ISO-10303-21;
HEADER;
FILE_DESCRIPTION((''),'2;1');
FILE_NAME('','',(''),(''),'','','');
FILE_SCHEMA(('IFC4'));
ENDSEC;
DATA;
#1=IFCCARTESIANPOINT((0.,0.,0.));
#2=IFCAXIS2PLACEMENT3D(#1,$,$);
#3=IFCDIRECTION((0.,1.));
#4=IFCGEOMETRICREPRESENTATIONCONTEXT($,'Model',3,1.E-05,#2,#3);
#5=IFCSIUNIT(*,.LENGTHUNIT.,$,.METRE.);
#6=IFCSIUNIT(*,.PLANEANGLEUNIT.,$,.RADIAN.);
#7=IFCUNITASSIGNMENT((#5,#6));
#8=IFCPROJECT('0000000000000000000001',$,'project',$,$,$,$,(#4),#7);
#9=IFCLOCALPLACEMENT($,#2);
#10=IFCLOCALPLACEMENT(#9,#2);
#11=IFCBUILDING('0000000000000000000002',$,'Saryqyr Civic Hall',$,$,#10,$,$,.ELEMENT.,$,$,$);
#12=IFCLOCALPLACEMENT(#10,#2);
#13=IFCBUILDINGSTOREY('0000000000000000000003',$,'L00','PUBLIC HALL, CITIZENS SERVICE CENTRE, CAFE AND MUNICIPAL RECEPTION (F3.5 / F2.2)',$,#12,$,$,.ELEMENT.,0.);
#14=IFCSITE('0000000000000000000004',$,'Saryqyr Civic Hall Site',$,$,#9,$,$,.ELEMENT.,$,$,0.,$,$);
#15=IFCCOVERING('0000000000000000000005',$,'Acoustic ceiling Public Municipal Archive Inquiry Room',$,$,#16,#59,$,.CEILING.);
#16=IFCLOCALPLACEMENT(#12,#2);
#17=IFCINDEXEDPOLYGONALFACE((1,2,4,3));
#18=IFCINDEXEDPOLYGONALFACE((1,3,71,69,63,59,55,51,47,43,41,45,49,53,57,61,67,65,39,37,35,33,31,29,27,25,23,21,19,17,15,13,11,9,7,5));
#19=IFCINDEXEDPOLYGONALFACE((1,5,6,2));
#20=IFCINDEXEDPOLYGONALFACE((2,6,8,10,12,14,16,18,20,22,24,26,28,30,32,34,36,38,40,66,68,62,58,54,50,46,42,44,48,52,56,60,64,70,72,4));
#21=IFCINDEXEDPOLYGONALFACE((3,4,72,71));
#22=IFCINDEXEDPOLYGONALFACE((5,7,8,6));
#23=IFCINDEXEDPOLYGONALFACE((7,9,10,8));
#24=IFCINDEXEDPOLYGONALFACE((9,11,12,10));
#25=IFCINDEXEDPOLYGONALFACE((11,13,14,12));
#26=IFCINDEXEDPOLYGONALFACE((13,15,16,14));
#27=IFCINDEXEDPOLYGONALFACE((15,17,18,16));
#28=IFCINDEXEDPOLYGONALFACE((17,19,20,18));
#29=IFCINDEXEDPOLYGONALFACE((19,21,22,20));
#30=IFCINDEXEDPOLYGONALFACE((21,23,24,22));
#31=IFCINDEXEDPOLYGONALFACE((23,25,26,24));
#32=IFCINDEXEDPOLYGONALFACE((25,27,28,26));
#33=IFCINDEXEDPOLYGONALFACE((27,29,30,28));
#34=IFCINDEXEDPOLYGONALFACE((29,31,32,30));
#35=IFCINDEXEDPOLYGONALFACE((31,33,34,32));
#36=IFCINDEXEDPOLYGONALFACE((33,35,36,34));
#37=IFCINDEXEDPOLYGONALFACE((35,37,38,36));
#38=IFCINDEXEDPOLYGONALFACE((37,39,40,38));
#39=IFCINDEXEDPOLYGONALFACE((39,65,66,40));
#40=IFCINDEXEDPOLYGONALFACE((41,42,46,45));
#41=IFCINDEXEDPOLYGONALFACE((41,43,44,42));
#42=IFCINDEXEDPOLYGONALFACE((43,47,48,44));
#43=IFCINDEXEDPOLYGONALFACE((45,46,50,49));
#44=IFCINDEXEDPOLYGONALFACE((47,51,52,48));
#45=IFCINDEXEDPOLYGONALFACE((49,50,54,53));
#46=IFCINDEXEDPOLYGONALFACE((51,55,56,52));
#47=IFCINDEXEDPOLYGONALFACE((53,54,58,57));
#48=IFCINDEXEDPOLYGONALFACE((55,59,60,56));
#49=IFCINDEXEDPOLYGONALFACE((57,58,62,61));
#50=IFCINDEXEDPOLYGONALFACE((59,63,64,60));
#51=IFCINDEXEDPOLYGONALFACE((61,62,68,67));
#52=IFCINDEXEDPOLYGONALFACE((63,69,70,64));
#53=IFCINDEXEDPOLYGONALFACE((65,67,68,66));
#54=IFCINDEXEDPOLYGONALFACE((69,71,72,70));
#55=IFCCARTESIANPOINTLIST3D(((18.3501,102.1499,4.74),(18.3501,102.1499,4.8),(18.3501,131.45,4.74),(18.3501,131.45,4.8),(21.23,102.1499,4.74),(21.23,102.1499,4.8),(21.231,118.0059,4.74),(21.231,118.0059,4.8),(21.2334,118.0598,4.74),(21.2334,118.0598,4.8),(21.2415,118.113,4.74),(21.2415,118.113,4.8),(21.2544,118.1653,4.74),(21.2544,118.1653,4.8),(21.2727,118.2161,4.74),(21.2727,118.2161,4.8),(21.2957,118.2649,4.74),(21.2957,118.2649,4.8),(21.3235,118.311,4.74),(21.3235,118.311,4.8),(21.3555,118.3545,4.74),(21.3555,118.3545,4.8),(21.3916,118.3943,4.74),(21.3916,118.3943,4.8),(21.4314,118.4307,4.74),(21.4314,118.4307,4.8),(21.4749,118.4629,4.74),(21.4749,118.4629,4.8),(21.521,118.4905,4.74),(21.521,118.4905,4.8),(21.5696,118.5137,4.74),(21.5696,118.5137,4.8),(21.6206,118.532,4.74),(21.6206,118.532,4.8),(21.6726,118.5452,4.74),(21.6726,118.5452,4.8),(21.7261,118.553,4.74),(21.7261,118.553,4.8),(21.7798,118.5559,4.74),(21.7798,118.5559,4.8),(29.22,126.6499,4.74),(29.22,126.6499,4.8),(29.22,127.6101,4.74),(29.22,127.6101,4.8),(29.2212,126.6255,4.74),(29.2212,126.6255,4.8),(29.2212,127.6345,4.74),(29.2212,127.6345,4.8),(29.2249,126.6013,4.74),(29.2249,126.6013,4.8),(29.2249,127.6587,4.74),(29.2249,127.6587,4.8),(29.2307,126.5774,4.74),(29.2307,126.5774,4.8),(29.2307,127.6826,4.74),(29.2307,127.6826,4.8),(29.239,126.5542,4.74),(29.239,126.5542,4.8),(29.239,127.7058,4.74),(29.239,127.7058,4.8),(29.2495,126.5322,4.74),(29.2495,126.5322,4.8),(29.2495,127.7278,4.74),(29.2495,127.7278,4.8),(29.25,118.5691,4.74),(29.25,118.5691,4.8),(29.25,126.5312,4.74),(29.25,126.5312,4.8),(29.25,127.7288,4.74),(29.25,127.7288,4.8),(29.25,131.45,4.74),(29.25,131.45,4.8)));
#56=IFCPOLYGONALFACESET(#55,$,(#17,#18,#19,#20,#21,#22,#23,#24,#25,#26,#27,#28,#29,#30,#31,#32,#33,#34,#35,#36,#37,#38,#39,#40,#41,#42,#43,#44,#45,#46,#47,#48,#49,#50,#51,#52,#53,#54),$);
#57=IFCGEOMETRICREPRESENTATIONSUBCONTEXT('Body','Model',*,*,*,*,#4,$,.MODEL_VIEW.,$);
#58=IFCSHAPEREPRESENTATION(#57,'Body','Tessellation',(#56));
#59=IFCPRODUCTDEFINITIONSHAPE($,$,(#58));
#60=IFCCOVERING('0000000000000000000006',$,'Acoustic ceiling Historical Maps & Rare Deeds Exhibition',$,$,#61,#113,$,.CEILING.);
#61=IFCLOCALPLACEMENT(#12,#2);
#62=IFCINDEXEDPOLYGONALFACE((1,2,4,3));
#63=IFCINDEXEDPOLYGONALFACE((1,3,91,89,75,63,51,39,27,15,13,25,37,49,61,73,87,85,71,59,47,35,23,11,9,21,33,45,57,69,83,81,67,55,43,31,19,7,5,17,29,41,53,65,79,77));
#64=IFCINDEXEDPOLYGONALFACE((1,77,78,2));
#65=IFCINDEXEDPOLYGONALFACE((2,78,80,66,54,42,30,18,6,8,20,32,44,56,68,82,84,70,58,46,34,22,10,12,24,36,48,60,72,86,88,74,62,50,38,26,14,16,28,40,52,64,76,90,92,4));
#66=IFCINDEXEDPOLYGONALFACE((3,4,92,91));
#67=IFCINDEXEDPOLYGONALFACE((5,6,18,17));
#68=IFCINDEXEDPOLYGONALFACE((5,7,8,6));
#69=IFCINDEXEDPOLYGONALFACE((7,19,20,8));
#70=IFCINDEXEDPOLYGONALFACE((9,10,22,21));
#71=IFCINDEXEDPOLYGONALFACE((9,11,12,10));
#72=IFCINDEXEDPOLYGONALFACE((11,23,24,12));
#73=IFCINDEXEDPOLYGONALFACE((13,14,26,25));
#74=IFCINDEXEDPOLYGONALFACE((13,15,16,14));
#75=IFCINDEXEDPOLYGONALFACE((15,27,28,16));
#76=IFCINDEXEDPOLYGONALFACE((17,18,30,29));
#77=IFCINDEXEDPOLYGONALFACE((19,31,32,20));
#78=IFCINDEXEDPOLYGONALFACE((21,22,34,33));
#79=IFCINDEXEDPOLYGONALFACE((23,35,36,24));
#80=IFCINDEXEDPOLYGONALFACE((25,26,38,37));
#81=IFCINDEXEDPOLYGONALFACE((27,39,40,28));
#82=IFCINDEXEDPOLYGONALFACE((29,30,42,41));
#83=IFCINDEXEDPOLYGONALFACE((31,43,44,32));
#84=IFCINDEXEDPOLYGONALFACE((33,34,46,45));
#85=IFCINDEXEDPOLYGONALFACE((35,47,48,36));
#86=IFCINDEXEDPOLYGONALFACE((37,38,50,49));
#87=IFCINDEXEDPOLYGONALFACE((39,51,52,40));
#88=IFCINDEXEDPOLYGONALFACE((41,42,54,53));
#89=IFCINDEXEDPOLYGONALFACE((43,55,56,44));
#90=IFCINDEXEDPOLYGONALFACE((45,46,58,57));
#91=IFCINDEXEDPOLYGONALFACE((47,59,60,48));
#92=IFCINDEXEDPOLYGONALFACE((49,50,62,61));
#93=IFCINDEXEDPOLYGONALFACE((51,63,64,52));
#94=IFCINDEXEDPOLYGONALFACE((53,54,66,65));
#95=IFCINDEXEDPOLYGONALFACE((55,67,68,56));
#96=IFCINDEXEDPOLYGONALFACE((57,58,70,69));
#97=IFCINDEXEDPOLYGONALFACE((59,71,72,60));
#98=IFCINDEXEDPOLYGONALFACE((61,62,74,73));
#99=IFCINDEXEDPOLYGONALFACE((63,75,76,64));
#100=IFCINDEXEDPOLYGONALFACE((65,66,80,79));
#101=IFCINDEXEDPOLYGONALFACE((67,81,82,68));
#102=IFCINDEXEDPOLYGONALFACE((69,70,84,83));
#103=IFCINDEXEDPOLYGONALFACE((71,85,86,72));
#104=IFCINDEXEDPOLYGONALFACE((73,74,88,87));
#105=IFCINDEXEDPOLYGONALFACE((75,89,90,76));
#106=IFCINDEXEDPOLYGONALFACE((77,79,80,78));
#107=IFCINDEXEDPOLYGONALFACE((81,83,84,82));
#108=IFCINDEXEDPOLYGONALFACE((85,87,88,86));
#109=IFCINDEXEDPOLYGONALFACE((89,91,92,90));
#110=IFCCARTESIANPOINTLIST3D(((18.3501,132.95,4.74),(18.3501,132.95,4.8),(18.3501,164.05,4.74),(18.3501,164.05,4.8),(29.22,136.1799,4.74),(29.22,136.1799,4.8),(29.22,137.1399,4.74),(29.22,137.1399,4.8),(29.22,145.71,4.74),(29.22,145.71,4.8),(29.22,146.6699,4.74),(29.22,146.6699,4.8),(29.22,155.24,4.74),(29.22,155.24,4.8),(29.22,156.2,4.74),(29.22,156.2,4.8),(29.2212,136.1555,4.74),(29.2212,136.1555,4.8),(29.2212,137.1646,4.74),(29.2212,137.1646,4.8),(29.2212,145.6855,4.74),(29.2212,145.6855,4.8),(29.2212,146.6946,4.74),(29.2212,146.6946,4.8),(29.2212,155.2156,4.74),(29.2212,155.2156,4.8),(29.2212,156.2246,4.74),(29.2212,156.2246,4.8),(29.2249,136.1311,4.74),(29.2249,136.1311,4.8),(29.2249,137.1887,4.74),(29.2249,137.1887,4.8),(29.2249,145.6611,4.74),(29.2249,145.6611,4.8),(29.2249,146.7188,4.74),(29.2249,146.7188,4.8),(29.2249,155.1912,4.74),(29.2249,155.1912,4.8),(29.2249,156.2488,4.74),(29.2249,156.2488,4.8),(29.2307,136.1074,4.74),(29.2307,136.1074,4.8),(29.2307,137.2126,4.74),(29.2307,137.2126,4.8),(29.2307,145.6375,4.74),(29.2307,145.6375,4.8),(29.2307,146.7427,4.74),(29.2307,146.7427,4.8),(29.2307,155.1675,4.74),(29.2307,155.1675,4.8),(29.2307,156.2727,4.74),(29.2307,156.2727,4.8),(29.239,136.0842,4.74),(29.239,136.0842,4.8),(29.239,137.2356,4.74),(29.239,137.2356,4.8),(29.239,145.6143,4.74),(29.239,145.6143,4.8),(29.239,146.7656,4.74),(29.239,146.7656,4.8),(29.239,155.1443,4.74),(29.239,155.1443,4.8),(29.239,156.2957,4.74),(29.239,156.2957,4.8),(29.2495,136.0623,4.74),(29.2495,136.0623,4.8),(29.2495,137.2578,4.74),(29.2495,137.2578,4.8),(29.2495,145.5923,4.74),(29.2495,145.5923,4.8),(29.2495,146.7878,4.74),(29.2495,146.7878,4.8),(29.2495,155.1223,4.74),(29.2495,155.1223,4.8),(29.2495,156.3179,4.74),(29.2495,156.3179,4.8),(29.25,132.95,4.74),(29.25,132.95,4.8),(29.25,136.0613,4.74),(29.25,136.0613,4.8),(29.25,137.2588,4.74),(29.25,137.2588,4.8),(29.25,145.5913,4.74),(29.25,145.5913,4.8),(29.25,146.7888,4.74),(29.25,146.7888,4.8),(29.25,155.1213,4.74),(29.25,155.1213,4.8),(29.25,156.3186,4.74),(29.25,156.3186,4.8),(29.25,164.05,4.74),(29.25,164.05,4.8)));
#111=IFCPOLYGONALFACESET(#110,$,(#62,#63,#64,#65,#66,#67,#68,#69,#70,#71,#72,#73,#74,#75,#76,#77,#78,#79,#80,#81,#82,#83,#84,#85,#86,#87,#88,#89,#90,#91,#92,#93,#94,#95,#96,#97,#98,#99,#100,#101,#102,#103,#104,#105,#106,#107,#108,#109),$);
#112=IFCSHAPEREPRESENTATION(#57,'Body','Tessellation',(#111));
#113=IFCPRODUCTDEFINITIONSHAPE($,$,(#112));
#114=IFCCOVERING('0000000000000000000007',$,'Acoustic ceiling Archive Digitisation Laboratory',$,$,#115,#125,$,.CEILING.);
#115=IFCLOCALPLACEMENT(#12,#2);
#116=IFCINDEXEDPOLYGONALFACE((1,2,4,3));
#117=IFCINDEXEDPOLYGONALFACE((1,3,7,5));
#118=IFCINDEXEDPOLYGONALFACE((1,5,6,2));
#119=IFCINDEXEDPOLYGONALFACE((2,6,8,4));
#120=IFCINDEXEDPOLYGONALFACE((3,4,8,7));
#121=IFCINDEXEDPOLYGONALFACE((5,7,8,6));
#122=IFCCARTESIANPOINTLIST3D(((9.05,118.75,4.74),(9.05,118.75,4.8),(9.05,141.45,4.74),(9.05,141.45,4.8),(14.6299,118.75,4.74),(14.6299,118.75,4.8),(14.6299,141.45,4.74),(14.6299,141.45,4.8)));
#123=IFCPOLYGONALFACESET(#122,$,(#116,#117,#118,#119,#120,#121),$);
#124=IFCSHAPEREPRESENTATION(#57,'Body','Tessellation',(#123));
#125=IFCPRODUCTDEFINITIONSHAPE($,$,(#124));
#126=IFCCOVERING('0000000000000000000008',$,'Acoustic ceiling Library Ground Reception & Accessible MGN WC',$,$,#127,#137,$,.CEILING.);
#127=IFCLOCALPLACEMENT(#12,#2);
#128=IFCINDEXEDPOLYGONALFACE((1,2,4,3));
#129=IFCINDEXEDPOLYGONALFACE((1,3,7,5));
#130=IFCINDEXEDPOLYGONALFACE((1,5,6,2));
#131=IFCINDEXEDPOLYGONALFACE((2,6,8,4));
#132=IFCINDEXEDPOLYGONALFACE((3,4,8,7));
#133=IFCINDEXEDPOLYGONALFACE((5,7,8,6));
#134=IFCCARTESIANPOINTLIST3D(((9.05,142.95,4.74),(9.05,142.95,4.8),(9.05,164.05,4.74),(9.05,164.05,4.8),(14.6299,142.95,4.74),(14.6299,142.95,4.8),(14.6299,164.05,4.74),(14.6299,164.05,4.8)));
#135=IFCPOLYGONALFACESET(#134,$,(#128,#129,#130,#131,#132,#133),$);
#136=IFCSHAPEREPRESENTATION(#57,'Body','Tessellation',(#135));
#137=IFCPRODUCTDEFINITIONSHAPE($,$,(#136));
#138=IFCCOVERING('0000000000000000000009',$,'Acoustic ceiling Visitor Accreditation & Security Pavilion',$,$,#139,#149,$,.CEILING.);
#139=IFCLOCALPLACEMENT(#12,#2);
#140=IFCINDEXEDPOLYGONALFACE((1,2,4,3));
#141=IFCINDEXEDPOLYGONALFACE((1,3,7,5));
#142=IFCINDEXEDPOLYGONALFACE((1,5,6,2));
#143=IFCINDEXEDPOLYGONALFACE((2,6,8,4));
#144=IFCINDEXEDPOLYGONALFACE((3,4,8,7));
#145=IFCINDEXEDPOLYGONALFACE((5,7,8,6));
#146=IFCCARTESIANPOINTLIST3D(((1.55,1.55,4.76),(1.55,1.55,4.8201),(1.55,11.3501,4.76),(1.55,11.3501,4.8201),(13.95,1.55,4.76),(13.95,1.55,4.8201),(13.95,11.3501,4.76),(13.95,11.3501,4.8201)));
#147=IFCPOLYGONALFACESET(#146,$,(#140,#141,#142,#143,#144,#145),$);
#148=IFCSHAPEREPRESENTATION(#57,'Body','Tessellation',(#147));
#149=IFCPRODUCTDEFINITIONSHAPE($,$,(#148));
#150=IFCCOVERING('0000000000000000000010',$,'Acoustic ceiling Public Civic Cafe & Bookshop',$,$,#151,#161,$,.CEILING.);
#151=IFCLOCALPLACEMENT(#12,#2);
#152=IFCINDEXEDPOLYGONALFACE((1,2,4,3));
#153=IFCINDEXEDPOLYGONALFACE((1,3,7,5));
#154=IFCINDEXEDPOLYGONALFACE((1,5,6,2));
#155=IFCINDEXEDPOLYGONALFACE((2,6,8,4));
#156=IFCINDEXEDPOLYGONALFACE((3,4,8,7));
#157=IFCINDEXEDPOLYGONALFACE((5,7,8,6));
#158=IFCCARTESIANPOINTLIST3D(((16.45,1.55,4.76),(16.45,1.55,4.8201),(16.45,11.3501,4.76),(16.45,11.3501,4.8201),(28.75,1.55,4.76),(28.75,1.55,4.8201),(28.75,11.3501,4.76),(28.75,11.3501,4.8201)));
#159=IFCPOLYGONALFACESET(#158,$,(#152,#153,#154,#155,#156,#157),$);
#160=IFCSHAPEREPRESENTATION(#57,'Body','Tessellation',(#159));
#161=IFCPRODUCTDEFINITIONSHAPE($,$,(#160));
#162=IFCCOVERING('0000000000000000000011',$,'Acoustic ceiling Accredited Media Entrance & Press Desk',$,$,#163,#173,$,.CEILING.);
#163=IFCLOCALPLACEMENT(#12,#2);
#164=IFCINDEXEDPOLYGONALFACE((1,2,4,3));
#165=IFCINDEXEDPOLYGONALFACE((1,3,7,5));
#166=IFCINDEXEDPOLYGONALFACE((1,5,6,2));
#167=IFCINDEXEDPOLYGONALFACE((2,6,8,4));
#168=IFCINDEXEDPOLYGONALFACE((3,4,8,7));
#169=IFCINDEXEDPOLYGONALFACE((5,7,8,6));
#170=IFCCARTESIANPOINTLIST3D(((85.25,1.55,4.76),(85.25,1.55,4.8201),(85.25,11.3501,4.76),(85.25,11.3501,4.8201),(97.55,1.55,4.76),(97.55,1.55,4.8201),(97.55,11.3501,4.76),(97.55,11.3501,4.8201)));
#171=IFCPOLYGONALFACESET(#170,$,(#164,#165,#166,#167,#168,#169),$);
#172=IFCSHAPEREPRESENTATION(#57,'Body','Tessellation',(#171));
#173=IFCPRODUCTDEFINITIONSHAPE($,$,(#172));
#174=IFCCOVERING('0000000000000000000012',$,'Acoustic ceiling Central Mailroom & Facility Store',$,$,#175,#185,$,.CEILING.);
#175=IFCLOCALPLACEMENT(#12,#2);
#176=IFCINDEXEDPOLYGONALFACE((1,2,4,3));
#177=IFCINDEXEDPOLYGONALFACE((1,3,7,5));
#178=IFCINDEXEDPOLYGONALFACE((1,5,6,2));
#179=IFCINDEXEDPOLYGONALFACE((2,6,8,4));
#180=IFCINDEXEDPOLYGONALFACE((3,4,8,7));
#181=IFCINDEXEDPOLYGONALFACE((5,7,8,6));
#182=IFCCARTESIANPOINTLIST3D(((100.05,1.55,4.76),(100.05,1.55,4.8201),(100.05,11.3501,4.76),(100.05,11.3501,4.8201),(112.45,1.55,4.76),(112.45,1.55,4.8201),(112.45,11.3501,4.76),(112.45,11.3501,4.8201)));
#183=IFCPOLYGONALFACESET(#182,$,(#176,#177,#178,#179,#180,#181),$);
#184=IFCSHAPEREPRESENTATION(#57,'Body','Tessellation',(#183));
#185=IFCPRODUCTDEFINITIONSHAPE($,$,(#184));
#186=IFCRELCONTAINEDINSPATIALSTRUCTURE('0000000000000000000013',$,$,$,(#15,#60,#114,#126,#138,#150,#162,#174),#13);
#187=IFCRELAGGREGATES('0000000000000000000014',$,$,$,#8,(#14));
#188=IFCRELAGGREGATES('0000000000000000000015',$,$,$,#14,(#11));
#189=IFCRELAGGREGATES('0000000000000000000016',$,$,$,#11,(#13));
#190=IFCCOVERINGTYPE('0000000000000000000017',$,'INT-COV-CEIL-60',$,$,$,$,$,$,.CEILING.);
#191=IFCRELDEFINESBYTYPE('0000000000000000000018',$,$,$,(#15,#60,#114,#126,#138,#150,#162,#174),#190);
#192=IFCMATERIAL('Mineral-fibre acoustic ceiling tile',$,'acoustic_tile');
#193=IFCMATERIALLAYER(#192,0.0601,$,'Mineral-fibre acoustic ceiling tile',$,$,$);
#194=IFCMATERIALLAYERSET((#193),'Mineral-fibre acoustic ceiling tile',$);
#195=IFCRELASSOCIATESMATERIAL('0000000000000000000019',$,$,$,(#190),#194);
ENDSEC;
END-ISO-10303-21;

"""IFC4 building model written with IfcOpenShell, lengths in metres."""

from ifc_helpers import new_model, si_unit, direction, frame, origin, place, context, subcontext, project, spatial, polyline, outline, extrude, material, layer, layer_set, type_object, element, save


model = new_model("IFC4")

# Units and contexts
model_context = context("Model", 3, precision=1e-05, world=origin(), true_north=direction((0.0, 1.0)))
body_context = subcontext(model_context, "Body", "Model", "MODEL_VIEW")
ifc_project = project(units=[si_unit("LENGTHUNIT", "METRE"), si_unit("PLANEANGLEUNIT", "RADIAN")], contexts=[model_context])

# Site, building, storey
site_placement = place(None, origin())
site = spatial("IfcSite", under=ifc_project, at=site_placement, Name="Saryqyr Civic Hall Site", CompositionType="ELEMENT", RefElevation=0.0)
building_placement = place(site_placement, origin())
building = spatial("IfcBuilding", under=site, at=building_placement, Name="Saryqyr Civic Hall", CompositionType="ELEMENT")
storey_placement = place(building_placement, origin())
storey = spatial("IfcBuildingStorey", under=building, at=storey_placement, Name="L00", Description="PUBLIC HALL, CITIZENS SERVICE CENTRE, CAFE AND MUNICIPAL RECEPTION (F3.5 / F2.2)", CompositionType="ELEMENT", Elevation=0.0)

# Coverings
ifc_material_1 = material(Name="Mineral-fibre acoustic ceiling tile", Category="acoustic_tile")
ifc_layer_1 = layer(ifc_material_1, 0.0601, Name="Mineral-fibre acoustic ceiling tile")
ifc_layer_set_1 = layer_set([ifc_layer_1], Name="Mineral-fibre acoustic ceiling tile")
covering_type = type_object("IfcCoveringType", Name="INT-COV-CEIL-60", PredefinedType="CEILING", material=ifc_layer_set_1)
covering_1_placement = place(storey_placement, frame((0.0, 0.0, 4.74)))
element("IfcCovering", 1, at=covering_1_placement, inside=storey, type_object=covering_type, Name="Acoustic ceiling Public Municipal Archive Inquiry Room", PredefinedType="CEILING", context=body_context, shape_type="SweptSolid", body=[
    extrude(outline(polyline([(29.2495, 127.7278), (29.239, 127.7058), (29.2307, 127.6826), (29.2249, 127.6587), (29.2212, 127.6345), (29.22, 127.6101), (29.22, 126.6499), (29.2212, 126.6255), (29.2249, 126.6013), (29.2307, 126.5774), (29.239, 126.5542), (29.2495, 126.5322), (29.25, 126.5312), (29.25, 118.5691), (21.7798, 118.5559), (21.7261, 118.553), (21.6726, 118.5452), (21.6206, 118.532), (21.5696, 118.5137), (21.521, 118.4905), (21.4749, 118.4629), (21.4314, 118.4307), (21.3916, 118.3943), (21.3555, 118.3545), (21.3235, 118.311), (21.2957, 118.2649), (21.2727, 118.2161), (21.2544, 118.1653), (21.2415, 118.113), (21.2334, 118.0598), (21.231, 118.0059), (21.23, 102.1499), (18.3501, 102.1499), (18.3501, 131.45), (29.25, 131.45), (29.25, 127.7288), (29.2495, 127.7278)])), origin(), (0.0, 0.0, 1.0), 0.0601),
])
covering_2_placement = place(storey_placement, frame((0.0, 0.0, 4.74)))
element("IfcCovering", 2, at=covering_2_placement, inside=storey, type_object=covering_type, Name="Acoustic ceiling Historical Maps & Rare Deeds Exhibition", PredefinedType="CEILING", context=body_context, shape_type="SweptSolid", body=[
    extrude(outline(polyline([(29.2495, 156.3179), (29.239, 156.2957), (29.2307, 156.2727), (29.2249, 156.2488), (29.2212, 156.2246), (29.22, 156.2), (29.22, 155.24), (29.2212, 155.2156), (29.2249, 155.1912), (29.2307, 155.1675), (29.239, 155.1443), (29.2495, 155.1223), (29.25, 155.1213), (29.25, 146.7888), (29.2495, 146.7878), (29.239, 146.7656), (29.2307, 146.7427), (29.2249, 146.7188), (29.2212, 146.6946), (29.22, 146.6699), (29.22, 145.71), (29.2212, 145.6855), (29.2249, 145.6611), (29.2307, 145.6375), (29.239, 145.6143), (29.2495, 145.5923), (29.25, 145.5913), (29.25, 137.2588), (29.2495, 137.2578), (29.239, 137.2356), (29.2307, 137.2126), (29.2249, 137.1887), (29.2212, 137.1646), (29.22, 137.1399), (29.22, 136.1799), (29.2212, 136.1555), (29.2249, 136.1311), (29.2307, 136.1074), (29.239, 136.0842), (29.2495, 136.0623), (29.25, 136.0613), (29.25, 132.95), (18.3501, 132.95), (18.3501, 164.05), (29.25, 164.05), (29.25, 156.3186), (29.2495, 156.3179)])), origin(), (0.0, 0.0, 1.0), 0.0601),
])
covering_3_placement = place(storey_placement, frame((0.0, 0.0, 4.74)))
element("IfcCovering", 3, at=covering_3_placement, inside=storey, type_object=covering_type, Name="Acoustic ceiling Archive Digitisation Laboratory", PredefinedType="CEILING", context=body_context, shape_type="SweptSolid", body=[
    extrude(outline(polyline([(9.05, 118.75), (9.05, 141.45), (14.6299, 141.45), (14.6299, 118.75), (9.05, 118.75)])), origin(), (0.0, 0.0, 1.0), 0.0601),
])
covering_4_placement = place(storey_placement, frame((0.0, 0.0, 4.74)))
element("IfcCovering", 4, at=covering_4_placement, inside=storey, type_object=covering_type, Name="Acoustic ceiling Library Ground Reception & Accessible MGN WC", PredefinedType="CEILING", context=body_context, shape_type="SweptSolid", body=[
    extrude(outline(polyline([(9.05, 142.95), (9.05, 164.05), (14.6299, 164.05), (14.6299, 142.95), (9.05, 142.95)])), origin(), (0.0, 0.0, 1.0), 0.0601),
])
covering_5_placement = place(storey_placement, frame((0.0, 0.0, 4.76)))
element("IfcCovering", 5, at=covering_5_placement, inside=storey, type_object=covering_type, Name="Acoustic ceiling Visitor Accreditation & Security Pavilion", PredefinedType="CEILING", context=body_context, shape_type="SweptSolid", body=[
    extrude(outline(polyline([(1.55, 1.55), (1.55, 11.3501), (13.95, 11.3501), (13.95, 1.55), (1.55, 1.55)])), origin(), (0.0, 0.0, 1.0), 0.0601),
])
covering_6_placement = place(storey_placement, frame((0.0, 0.0, 4.76)))
element("IfcCovering", 6, at=covering_6_placement, inside=storey, type_object=covering_type, Name="Acoustic ceiling Public Civic Cafe & Bookshop", PredefinedType="CEILING", context=body_context, shape_type="SweptSolid", body=[
    extrude(outline(polyline([(16.45, 1.55), (16.45, 11.3501), (28.75, 11.3501), (28.75, 1.55), (16.45, 1.55)])), origin(), (0.0, 0.0, 1.0), 0.0601),
])
covering_7_placement = place(storey_placement, frame((0.0, 0.0, 4.76)))
element("IfcCovering", 7, at=covering_7_placement, inside=storey, type_object=covering_type, Name="Acoustic ceiling Accredited Media Entrance & Press Desk", PredefinedType="CEILING", context=body_context, shape_type="SweptSolid", body=[
    extrude(outline(polyline([(85.25, 1.55), (85.25, 11.3501), (97.55, 11.3501), (97.55, 1.55), (85.25, 1.55)])), origin(), (0.0, 0.0, 1.0), 0.0601),
])
covering_8_placement = place(storey_placement, frame((0.0, 0.0, 4.76)))
element("IfcCovering", 8, at=covering_8_placement, inside=storey, type_object=covering_type, Name="Acoustic ceiling Central Mailroom & Facility Store", PredefinedType="CEILING", context=body_context, shape_type="SweptSolid", body=[
    extrude(outline(polyline([(100.05, 1.55), (100.05, 11.3501), (112.45, 11.3501), (112.45, 1.55), (100.05, 1.55)])), origin(), (0.0, 0.0, 1.0), 0.0601),
])

save(model, "model.ifc")
